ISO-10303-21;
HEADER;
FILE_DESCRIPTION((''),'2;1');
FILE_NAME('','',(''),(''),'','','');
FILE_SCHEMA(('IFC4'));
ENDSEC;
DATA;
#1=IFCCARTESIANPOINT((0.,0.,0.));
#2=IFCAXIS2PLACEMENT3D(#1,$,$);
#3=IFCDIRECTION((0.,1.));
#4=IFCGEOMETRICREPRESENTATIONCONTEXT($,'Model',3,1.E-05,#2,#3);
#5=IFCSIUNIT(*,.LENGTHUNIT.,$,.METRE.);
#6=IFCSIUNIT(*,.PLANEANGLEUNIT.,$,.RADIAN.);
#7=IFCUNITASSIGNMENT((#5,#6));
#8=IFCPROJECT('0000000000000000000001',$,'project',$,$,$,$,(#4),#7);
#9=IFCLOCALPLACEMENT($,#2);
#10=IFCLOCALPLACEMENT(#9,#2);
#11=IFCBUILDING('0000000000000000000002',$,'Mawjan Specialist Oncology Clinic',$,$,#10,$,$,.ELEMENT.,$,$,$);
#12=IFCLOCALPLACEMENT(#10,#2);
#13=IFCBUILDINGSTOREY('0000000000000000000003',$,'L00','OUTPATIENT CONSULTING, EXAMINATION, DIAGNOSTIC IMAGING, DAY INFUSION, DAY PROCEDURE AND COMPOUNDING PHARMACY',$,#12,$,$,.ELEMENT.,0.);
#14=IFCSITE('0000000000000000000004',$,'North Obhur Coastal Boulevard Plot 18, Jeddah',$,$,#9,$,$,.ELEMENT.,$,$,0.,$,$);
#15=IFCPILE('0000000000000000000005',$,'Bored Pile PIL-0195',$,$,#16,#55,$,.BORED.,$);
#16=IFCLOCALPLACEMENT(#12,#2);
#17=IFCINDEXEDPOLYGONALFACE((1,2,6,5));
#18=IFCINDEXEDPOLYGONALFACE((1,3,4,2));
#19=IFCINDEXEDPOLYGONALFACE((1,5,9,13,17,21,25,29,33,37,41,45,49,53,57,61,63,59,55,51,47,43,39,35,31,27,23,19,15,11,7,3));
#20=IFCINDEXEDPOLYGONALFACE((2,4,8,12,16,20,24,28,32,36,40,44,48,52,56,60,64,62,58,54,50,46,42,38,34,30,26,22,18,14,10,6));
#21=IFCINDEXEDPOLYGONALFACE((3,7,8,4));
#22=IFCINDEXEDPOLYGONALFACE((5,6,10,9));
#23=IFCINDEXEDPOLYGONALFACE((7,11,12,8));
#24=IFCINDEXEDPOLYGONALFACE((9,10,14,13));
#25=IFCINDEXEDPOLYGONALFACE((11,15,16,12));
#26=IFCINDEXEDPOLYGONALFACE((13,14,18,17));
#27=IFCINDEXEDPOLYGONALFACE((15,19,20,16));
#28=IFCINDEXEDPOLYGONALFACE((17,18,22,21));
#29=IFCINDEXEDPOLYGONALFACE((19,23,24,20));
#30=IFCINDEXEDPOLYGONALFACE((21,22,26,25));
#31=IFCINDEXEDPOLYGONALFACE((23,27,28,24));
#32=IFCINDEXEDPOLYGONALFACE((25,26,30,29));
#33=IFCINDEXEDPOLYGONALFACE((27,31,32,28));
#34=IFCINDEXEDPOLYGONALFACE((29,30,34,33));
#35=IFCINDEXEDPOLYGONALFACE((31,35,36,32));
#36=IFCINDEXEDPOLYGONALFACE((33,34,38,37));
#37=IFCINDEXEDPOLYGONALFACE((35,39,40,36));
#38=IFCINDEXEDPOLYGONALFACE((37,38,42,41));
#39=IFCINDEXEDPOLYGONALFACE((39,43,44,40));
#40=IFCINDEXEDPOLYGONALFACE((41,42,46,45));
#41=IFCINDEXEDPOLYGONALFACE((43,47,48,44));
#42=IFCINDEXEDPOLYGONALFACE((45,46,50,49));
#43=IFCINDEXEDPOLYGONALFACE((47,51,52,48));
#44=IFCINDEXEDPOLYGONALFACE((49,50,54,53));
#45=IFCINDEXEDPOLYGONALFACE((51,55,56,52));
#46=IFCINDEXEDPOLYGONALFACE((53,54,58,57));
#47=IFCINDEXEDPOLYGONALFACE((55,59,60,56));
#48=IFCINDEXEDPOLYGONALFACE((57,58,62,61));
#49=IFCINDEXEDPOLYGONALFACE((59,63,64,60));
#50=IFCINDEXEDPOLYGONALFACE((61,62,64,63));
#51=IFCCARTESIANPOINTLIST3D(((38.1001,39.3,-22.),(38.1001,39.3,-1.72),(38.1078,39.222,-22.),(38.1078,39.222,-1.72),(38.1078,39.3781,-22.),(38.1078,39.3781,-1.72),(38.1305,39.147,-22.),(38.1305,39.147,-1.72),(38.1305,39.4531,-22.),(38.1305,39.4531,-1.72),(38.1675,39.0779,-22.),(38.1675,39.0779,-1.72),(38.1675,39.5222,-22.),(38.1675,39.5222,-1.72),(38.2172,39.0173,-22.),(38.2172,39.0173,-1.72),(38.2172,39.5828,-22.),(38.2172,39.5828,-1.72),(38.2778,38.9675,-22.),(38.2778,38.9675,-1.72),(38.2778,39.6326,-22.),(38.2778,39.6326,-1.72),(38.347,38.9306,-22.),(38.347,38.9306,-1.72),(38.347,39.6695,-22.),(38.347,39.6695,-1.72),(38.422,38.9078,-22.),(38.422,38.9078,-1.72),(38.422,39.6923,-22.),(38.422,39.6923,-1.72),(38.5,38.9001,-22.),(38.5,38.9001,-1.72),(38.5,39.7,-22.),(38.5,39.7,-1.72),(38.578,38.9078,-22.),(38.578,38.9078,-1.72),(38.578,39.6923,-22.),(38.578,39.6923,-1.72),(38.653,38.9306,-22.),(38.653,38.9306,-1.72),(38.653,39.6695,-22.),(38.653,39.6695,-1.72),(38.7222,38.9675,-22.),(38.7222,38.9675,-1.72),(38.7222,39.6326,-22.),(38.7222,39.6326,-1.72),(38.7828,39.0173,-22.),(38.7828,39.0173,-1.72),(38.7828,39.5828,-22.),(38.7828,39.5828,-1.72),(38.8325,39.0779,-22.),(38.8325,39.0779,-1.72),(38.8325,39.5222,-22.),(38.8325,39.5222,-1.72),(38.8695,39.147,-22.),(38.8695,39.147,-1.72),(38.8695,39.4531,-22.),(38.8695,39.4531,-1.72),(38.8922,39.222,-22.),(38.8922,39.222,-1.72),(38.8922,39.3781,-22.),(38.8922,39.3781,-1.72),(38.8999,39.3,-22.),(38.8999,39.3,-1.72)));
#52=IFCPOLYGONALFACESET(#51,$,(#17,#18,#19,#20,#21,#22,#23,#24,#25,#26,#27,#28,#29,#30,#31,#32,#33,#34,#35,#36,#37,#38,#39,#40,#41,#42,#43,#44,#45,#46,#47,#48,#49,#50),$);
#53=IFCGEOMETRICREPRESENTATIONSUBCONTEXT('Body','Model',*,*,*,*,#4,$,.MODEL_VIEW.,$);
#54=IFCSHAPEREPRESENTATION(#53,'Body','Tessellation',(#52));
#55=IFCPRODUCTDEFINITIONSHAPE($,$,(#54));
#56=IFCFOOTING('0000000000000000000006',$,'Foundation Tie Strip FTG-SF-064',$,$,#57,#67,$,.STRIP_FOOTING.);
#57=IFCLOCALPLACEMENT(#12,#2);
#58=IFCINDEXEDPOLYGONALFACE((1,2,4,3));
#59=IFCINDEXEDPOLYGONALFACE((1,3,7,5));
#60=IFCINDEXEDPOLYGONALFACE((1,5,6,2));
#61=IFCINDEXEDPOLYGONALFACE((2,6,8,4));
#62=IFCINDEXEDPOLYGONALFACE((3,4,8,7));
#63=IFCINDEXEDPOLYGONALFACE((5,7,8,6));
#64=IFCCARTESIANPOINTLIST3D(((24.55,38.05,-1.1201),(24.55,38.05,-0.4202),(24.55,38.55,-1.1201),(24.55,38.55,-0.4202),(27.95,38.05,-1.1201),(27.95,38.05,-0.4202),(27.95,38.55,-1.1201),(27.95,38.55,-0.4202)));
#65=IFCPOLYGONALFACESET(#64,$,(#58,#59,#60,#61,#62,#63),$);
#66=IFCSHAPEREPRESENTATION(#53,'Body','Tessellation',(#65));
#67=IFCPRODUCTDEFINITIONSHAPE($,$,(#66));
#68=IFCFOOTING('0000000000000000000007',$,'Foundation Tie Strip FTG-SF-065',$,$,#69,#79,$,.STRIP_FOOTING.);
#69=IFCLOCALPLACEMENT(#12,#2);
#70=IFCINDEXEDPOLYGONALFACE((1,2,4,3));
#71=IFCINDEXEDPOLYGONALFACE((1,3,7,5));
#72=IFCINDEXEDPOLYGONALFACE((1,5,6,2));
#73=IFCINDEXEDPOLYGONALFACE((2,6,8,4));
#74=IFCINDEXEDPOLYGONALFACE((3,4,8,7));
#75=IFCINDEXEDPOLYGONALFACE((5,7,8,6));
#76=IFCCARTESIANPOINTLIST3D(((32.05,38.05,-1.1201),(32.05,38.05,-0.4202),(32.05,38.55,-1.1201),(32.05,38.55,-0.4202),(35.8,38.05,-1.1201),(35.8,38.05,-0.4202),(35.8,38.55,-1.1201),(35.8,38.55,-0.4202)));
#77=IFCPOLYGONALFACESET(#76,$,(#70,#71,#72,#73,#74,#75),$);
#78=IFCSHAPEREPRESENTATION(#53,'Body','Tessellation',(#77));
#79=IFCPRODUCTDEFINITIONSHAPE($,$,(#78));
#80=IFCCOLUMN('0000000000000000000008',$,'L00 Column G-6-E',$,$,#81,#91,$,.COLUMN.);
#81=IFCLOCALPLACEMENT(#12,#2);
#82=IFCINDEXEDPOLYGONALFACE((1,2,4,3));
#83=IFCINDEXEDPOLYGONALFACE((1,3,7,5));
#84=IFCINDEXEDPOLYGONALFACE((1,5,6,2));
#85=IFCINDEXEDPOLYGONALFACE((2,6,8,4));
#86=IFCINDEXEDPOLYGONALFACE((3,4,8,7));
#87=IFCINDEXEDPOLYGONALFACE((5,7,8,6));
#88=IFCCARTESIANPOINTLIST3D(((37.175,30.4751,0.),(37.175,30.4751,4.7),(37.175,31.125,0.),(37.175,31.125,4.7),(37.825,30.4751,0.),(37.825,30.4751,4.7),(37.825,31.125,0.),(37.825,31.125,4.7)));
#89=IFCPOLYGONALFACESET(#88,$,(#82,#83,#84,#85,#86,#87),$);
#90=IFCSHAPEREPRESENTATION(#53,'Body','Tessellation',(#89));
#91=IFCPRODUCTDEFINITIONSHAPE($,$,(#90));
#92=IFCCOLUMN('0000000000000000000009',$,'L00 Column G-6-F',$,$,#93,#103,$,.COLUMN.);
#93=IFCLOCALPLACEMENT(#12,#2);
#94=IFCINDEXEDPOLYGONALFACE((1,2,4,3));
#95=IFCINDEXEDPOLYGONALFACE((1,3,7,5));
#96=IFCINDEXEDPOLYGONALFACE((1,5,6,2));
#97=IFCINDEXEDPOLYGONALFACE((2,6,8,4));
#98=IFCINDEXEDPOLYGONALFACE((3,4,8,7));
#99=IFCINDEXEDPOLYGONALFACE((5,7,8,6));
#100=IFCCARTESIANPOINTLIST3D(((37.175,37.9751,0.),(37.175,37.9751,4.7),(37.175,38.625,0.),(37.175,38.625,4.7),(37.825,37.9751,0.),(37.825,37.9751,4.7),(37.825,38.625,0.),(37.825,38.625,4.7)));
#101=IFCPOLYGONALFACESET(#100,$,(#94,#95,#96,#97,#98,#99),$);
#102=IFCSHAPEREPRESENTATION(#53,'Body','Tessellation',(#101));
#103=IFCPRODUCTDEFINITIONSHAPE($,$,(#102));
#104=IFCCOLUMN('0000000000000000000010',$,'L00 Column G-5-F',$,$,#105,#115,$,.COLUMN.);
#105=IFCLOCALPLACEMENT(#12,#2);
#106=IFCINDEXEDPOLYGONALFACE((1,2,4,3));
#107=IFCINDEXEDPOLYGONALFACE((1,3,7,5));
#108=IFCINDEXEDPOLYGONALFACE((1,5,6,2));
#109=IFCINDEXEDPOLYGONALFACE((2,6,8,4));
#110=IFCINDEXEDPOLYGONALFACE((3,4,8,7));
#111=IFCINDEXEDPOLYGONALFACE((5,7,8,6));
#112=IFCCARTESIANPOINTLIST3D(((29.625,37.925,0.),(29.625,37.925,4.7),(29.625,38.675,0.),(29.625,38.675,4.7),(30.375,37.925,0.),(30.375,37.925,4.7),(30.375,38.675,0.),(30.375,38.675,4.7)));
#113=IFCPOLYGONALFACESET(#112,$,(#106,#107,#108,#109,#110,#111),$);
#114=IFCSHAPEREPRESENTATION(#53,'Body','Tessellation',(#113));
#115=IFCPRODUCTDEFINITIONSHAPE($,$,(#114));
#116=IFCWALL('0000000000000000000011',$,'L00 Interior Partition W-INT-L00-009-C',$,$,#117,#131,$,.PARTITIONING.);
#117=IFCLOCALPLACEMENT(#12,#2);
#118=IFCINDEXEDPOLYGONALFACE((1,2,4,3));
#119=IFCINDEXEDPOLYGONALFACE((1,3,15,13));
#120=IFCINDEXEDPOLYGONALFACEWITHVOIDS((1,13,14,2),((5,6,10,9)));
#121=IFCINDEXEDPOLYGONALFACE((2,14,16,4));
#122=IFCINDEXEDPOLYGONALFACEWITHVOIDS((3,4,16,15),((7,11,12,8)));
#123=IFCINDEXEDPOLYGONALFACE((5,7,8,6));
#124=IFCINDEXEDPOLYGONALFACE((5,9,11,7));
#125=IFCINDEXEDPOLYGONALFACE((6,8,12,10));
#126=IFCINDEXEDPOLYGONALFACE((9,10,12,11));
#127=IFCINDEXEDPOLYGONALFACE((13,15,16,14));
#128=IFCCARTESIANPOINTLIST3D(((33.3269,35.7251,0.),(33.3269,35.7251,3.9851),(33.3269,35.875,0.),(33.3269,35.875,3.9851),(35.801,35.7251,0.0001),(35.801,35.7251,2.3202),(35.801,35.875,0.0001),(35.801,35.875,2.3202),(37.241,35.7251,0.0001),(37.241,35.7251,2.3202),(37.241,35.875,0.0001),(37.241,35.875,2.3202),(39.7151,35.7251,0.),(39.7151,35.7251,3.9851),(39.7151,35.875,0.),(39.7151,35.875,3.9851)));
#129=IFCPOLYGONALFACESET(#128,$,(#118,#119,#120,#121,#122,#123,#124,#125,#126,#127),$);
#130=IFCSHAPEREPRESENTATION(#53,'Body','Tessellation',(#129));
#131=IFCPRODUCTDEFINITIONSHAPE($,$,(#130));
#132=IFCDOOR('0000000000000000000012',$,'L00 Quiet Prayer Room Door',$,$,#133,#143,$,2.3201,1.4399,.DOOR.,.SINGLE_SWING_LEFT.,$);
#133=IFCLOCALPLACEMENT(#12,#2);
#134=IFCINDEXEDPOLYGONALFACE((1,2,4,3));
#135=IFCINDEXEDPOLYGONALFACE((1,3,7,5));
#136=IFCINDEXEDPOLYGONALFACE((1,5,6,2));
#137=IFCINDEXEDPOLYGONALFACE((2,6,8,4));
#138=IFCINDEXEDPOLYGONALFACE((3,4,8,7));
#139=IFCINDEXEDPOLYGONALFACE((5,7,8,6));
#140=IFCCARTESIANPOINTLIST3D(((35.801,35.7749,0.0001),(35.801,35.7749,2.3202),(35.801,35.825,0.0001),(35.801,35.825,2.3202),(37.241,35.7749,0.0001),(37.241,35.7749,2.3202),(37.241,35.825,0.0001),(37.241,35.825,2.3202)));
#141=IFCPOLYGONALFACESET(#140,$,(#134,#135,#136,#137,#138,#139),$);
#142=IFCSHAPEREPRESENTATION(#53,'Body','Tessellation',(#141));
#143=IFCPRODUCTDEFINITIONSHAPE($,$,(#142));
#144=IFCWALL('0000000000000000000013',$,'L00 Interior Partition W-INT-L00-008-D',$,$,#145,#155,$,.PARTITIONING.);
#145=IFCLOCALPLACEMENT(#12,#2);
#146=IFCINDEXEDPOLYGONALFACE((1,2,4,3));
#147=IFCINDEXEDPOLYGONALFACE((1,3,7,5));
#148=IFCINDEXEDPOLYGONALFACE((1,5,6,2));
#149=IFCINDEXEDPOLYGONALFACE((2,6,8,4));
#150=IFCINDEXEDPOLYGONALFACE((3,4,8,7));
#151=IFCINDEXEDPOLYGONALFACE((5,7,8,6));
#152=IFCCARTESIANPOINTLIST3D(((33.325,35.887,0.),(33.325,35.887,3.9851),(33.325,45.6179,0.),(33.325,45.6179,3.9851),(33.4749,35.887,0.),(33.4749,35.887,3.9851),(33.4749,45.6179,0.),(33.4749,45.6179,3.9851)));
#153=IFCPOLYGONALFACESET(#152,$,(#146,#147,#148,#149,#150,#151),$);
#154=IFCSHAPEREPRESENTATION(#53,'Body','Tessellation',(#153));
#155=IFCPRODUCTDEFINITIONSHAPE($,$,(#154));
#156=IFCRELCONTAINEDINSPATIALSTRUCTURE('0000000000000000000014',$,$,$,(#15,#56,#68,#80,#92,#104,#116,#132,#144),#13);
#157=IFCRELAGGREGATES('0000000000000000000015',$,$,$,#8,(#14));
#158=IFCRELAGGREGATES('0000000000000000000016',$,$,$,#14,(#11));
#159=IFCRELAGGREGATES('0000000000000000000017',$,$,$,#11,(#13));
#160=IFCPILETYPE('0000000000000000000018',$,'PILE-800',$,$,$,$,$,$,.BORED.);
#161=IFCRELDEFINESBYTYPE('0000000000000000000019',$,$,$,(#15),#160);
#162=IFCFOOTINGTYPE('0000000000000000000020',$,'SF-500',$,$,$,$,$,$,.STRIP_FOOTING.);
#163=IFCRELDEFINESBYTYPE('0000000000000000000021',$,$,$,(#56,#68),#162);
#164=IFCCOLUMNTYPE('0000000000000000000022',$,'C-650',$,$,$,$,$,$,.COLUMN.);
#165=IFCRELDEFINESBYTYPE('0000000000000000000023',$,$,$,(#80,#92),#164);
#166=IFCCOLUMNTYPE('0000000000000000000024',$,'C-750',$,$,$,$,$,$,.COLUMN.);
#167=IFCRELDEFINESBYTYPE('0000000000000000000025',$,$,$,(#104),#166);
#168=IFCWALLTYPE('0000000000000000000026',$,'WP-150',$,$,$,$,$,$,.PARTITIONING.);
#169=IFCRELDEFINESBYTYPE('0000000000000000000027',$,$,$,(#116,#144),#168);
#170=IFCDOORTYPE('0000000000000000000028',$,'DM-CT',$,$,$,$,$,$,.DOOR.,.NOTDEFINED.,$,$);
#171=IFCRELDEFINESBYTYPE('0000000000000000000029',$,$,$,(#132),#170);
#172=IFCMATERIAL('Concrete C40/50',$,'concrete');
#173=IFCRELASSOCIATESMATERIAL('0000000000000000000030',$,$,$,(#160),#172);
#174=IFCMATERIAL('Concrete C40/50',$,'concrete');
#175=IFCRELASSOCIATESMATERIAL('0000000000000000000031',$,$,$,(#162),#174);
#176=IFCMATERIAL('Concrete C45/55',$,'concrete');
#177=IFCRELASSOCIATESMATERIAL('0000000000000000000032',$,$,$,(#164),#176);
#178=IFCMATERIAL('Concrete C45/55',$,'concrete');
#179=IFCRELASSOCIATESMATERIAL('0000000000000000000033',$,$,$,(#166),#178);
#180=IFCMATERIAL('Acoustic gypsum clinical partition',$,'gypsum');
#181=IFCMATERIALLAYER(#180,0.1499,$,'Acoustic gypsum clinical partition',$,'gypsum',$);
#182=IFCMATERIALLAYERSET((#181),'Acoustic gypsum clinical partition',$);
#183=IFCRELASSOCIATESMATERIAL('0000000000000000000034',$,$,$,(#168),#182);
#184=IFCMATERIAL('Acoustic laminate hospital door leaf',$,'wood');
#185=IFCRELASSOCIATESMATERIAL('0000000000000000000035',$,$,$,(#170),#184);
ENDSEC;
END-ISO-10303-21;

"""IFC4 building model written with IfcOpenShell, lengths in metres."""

from ifc_helpers import new_model, si_unit, direction, frame, frame_2d, origin, origin_2d, place, context, subcontext, project, spatial, rectangle, circle, extrude, material, layer, layer_set, material_profile, profile_set, type_object, element, fill, save


model = new_model("IFC4")

# Units and contexts
model_context = context("Model", 3, precision=1e-05, world=origin(), true_north=direction((0.0, 1.0)))
body_context = subcontext(model_context, "Body", "Model", "MODEL_VIEW")
ifc_project = project(units=[si_unit("LENGTHUNIT", "METRE"), si_unit("PLANEANGLEUNIT", "RADIAN")], contexts=[model_context])

# Site, building, storey
site_placement = place(None, origin())
site = spatial("IfcSite", under=ifc_project, at=site_placement, Name="North Obhur Coastal Boulevard Plot 18, Jeddah", CompositionType="ELEMENT", RefElevation=0.0)
building_placement = place(site_placement, origin())
building = spatial("IfcBuilding", under=site, at=building_placement, Name="Mawjan Specialist Oncology Clinic", CompositionType="ELEMENT")
storey_placement = place(building_placement, origin())
storey = spatial("IfcBuildingStorey", under=building, at=storey_placement, Name="L00", Description="OUTPATIENT CONSULTING, EXAMINATION, DIAGNOSTIC IMAGING, DAY INFUSION, DAY PROCEDURE AND COMPOUNDING PHARMACY", CompositionType="ELEMENT", Elevation=0.0)

# Pile
ifc_material_1 = material(Name="Concrete C40/50", Category="concrete")
ifc_material_profile_1 = material_profile(ifc_material_1, circle(Radius=0.3999, at=origin_2d()), Name="BORED PILE D800", Category="concrete")
ifc_profile_set_1 = profile_set([ifc_material_profile_1], Name="Concrete C40/50")
pile_type_1 = type_object("IfcPileType", Name="PILE-800", PredefinedType="BORED", material=ifc_profile_set_1)
for number, where, z_axis, x_axis, name in (
    (1, (38.5, 39.3, -1.72), (0.0, 0.0, -1.0), (1.0, 0.0, 0.0), "Bored Pile PIL-0195"),
):
    element("IfcPile", number, at=place(storey_placement, frame(where, z_axis=z_axis, x_axis=x_axis)), inside=storey, type_object=pile_type_1, Name=name, PredefinedType="BORED", context=body_context, shape_type="SweptSolid", body=[
        extrude(circle(Radius=0.3999, at=origin_2d()), origin(), (0.0, 0.0, 1.0), 20.28),
    ])

# Footings
ifc_material_2 = material(Name="Concrete C40/50", Category="concrete")
footing_type_1 = type_object("IfcFootingType", Name="SF-500", PredefinedType="STRIP_FOOTING", material=ifc_material_2)
footing_1_placement = place(storey_placement, frame((26.25, 38.3, -1.1201), z_axis=(0.0, 0.0, 1.0), x_axis=(1.0, 0.0, 0.0)))
element("IfcFooting", 2, at=footing_1_placement, inside=storey, type_object=footing_type_1, Name="Foundation Tie Strip FTG-SF-064", PredefinedType="STRIP_FOOTING", context=body_context, shape_type="SweptSolid", body=[
    extrude(rectangle(XDim=3.3999, YDim=0.5, at=origin_2d()), origin(), (0.0, 0.0, 1.0), 0.7),
])
footing_2_placement = place(storey_placement, frame((33.925, 38.3, -1.1201), z_axis=(0.0, 0.0, 1.0), x_axis=(1.0, 0.0, 0.0)))
element("IfcFooting", 3, at=footing_2_placement, inside=storey, type_object=footing_type_1, Name="Foundation Tie Strip FTG-SF-065", PredefinedType="STRIP_FOOTING", context=body_context, shape_type="SweptSolid", body=[
    extrude(rectangle(XDim=3.75, YDim=0.5, at=origin_2d()), origin(), (0.0, 0.0, 1.0), 0.7),
])

# Columns
ifc_material_3 = material(Name="Concrete C45/55", Category="concrete")
ifc_material_profile_2 = material_profile(ifc_material_3, rectangle(XDim=0.6499, YDim=0.6499, at=origin_2d()), Name="RC COL 650x650", Category="concrete")
ifc_profile_set_2 = profile_set([ifc_material_profile_2], Name="Concrete C45/55")
column_type_1 = type_object("IfcColumnType", Name="C-650", PredefinedType="COLUMN", material=ifc_profile_set_2)
for number, where, z_axis, x_axis, name in (
    (4, (37.5, 30.8, 0.0), (0.0, 0.0, 1.0), (1.0, 0.0, 0.0), "L00 Column G-6-E"),
    (5, (37.5, 38.3, 0.0), (0.0, 0.0, 1.0), (1.0, 0.0, 0.0), "L00 Column G-6-F"),
):
    element("IfcColumn", number, at=place(storey_placement, frame(where, z_axis=z_axis, x_axis=x_axis)), inside=storey, type_object=column_type_1, Name=name, PredefinedType="COLUMN", context=body_context, shape_type="SweptSolid", body=[
        extrude(rectangle(XDim=0.6499, YDim=0.6499, at=origin_2d()), origin(), (0.0, 0.0, 1.0), 4.7),
    ])
ifc_material_4 = material(Name="Concrete C45/55", Category="concrete")
ifc_material_profile_3 = material_profile(ifc_material_4, rectangle(XDim=0.75, YDim=0.75, at=origin_2d()), Name="RC COL 750x750", Category="concrete")
ifc_profile_set_3 = profile_set([ifc_material_profile_3], Name="Concrete C45/55")
column_type_2 = type_object("IfcColumnType", Name="C-750", PredefinedType="COLUMN", material=ifc_profile_set_3)
column_placement = place(storey_placement, frame((30.0, 38.3, 0.0), z_axis=(0.0, 0.0, 1.0), x_axis=(1.0, 0.0, 0.0)))
element("IfcColumn", 6, at=column_placement, inside=storey, type_object=column_type_2, Name="L00 Column G-5-F", PredefinedType="COLUMN", context=body_context, shape_type="SweptSolid", body=[
    extrude(rectangle(XDim=0.75, YDim=0.75, at=origin_2d()), origin(), (0.0, 0.0, 1.0), 4.7),
])

# Wall, opening, door
ifc_material_5 = material(Name="Acoustic gypsum clinical partition", Category="gypsum")
ifc_layer = layer(ifc_material_5, 0.1499, Name="Acoustic gypsum clinical partition", Category="gypsum")
ifc_layer_set = layer_set([ifc_layer], Name="Acoustic gypsum clinical partition")
wall_type = type_object("IfcWallType", Name="WP-150", PredefinedType="PARTITIONING", material=ifc_layer_set)
wall_1_placement = place(storey_placement, frame((33.3269, 35.8, 0.0), z_axis=(0.0, 0.0, 1.0), x_axis=(1.0, 0.0, 0.0)))
wall_1 = element("IfcWall", 7, at=wall_1_placement, inside=storey, type_object=wall_type, Name="L00 Interior Partition W-INT-L00-009-C", PredefinedType="PARTITIONING", context=body_context, shape_type="SweptSolid", body=[
    extrude(rectangle(XDim=6.3882, YDim=0.1499, at=frame_2d((3.1941, 0.0))), origin(), (0.0, 0.0, 1.0), 3.9851),
])
opening_placement = place(wall_1_placement, frame((2.4741, 0.0, 0.0)))
opening = element("IfcOpeningElement", 8, at=opening_placement, cuts=wall_1, PredefinedType="OPENING", context=body_context, shape_type="SweptSolid", body=[
    extrude(rectangle(XDim=1.4399, YDim=2.3201, at=frame_2d((0.72, 1.1602))), frame((0.0, 0.0869, 0.0), z_axis=(0.0, -1.0, 0.0), x_axis=(1.0, 0.0, 0.0)), (0.0, 0.0, 1.0), 0.1738),
])
ifc_material_6 = material(Name="Acoustic laminate hospital door leaf", Category="wood")
door_type = type_object("IfcDoorType", Name="DM-CT", OperationType="NOTDEFINED", PredefinedType="DOOR", material=ifc_material_6)
door_placement = place(opening_placement, origin())
door = element("IfcDoor", 9, at=door_placement, inside=storey, type_object=door_type, Name="L00 Quiet Prayer Room Door", OperationType="SINGLE_SWING_LEFT", OverallHeight=2.3201, OverallWidth=1.4399, PredefinedType="DOOR", context=body_context, shape_type="SweptSolid", body=[
    extrude(rectangle(XDim=1.4399, YDim=2.3201, at=frame_2d((0.72, 1.1602))), frame((0.0, 0.0249, 0.0), z_axis=(0.0, -1.0, 0.0), x_axis=(1.0, 0.0, 0.0)), (0.0, 0.0, 1.0), 0.05),
])
fill(opening, door)

# Wall
wall_2_placement = place(storey_placement, frame((33.3999, 35.887, 0.0), z_axis=(0.0, 0.0, 1.0), x_axis=(0.0, 1.0, 0.0)))
element("IfcWall", 10, at=wall_2_placement, inside=storey, type_object=wall_type, Name="L00 Interior Partition W-INT-L00-008-D", PredefinedType="PARTITIONING", context=body_context, shape_type="SweptSolid", body=[
    extrude(rectangle(XDim=9.731, YDim=0.1499, at=frame_2d((4.8655, 0.0))), origin(), (0.0, 0.0, 1.0), 3.9851),
])

save(model, "model.ifc")
